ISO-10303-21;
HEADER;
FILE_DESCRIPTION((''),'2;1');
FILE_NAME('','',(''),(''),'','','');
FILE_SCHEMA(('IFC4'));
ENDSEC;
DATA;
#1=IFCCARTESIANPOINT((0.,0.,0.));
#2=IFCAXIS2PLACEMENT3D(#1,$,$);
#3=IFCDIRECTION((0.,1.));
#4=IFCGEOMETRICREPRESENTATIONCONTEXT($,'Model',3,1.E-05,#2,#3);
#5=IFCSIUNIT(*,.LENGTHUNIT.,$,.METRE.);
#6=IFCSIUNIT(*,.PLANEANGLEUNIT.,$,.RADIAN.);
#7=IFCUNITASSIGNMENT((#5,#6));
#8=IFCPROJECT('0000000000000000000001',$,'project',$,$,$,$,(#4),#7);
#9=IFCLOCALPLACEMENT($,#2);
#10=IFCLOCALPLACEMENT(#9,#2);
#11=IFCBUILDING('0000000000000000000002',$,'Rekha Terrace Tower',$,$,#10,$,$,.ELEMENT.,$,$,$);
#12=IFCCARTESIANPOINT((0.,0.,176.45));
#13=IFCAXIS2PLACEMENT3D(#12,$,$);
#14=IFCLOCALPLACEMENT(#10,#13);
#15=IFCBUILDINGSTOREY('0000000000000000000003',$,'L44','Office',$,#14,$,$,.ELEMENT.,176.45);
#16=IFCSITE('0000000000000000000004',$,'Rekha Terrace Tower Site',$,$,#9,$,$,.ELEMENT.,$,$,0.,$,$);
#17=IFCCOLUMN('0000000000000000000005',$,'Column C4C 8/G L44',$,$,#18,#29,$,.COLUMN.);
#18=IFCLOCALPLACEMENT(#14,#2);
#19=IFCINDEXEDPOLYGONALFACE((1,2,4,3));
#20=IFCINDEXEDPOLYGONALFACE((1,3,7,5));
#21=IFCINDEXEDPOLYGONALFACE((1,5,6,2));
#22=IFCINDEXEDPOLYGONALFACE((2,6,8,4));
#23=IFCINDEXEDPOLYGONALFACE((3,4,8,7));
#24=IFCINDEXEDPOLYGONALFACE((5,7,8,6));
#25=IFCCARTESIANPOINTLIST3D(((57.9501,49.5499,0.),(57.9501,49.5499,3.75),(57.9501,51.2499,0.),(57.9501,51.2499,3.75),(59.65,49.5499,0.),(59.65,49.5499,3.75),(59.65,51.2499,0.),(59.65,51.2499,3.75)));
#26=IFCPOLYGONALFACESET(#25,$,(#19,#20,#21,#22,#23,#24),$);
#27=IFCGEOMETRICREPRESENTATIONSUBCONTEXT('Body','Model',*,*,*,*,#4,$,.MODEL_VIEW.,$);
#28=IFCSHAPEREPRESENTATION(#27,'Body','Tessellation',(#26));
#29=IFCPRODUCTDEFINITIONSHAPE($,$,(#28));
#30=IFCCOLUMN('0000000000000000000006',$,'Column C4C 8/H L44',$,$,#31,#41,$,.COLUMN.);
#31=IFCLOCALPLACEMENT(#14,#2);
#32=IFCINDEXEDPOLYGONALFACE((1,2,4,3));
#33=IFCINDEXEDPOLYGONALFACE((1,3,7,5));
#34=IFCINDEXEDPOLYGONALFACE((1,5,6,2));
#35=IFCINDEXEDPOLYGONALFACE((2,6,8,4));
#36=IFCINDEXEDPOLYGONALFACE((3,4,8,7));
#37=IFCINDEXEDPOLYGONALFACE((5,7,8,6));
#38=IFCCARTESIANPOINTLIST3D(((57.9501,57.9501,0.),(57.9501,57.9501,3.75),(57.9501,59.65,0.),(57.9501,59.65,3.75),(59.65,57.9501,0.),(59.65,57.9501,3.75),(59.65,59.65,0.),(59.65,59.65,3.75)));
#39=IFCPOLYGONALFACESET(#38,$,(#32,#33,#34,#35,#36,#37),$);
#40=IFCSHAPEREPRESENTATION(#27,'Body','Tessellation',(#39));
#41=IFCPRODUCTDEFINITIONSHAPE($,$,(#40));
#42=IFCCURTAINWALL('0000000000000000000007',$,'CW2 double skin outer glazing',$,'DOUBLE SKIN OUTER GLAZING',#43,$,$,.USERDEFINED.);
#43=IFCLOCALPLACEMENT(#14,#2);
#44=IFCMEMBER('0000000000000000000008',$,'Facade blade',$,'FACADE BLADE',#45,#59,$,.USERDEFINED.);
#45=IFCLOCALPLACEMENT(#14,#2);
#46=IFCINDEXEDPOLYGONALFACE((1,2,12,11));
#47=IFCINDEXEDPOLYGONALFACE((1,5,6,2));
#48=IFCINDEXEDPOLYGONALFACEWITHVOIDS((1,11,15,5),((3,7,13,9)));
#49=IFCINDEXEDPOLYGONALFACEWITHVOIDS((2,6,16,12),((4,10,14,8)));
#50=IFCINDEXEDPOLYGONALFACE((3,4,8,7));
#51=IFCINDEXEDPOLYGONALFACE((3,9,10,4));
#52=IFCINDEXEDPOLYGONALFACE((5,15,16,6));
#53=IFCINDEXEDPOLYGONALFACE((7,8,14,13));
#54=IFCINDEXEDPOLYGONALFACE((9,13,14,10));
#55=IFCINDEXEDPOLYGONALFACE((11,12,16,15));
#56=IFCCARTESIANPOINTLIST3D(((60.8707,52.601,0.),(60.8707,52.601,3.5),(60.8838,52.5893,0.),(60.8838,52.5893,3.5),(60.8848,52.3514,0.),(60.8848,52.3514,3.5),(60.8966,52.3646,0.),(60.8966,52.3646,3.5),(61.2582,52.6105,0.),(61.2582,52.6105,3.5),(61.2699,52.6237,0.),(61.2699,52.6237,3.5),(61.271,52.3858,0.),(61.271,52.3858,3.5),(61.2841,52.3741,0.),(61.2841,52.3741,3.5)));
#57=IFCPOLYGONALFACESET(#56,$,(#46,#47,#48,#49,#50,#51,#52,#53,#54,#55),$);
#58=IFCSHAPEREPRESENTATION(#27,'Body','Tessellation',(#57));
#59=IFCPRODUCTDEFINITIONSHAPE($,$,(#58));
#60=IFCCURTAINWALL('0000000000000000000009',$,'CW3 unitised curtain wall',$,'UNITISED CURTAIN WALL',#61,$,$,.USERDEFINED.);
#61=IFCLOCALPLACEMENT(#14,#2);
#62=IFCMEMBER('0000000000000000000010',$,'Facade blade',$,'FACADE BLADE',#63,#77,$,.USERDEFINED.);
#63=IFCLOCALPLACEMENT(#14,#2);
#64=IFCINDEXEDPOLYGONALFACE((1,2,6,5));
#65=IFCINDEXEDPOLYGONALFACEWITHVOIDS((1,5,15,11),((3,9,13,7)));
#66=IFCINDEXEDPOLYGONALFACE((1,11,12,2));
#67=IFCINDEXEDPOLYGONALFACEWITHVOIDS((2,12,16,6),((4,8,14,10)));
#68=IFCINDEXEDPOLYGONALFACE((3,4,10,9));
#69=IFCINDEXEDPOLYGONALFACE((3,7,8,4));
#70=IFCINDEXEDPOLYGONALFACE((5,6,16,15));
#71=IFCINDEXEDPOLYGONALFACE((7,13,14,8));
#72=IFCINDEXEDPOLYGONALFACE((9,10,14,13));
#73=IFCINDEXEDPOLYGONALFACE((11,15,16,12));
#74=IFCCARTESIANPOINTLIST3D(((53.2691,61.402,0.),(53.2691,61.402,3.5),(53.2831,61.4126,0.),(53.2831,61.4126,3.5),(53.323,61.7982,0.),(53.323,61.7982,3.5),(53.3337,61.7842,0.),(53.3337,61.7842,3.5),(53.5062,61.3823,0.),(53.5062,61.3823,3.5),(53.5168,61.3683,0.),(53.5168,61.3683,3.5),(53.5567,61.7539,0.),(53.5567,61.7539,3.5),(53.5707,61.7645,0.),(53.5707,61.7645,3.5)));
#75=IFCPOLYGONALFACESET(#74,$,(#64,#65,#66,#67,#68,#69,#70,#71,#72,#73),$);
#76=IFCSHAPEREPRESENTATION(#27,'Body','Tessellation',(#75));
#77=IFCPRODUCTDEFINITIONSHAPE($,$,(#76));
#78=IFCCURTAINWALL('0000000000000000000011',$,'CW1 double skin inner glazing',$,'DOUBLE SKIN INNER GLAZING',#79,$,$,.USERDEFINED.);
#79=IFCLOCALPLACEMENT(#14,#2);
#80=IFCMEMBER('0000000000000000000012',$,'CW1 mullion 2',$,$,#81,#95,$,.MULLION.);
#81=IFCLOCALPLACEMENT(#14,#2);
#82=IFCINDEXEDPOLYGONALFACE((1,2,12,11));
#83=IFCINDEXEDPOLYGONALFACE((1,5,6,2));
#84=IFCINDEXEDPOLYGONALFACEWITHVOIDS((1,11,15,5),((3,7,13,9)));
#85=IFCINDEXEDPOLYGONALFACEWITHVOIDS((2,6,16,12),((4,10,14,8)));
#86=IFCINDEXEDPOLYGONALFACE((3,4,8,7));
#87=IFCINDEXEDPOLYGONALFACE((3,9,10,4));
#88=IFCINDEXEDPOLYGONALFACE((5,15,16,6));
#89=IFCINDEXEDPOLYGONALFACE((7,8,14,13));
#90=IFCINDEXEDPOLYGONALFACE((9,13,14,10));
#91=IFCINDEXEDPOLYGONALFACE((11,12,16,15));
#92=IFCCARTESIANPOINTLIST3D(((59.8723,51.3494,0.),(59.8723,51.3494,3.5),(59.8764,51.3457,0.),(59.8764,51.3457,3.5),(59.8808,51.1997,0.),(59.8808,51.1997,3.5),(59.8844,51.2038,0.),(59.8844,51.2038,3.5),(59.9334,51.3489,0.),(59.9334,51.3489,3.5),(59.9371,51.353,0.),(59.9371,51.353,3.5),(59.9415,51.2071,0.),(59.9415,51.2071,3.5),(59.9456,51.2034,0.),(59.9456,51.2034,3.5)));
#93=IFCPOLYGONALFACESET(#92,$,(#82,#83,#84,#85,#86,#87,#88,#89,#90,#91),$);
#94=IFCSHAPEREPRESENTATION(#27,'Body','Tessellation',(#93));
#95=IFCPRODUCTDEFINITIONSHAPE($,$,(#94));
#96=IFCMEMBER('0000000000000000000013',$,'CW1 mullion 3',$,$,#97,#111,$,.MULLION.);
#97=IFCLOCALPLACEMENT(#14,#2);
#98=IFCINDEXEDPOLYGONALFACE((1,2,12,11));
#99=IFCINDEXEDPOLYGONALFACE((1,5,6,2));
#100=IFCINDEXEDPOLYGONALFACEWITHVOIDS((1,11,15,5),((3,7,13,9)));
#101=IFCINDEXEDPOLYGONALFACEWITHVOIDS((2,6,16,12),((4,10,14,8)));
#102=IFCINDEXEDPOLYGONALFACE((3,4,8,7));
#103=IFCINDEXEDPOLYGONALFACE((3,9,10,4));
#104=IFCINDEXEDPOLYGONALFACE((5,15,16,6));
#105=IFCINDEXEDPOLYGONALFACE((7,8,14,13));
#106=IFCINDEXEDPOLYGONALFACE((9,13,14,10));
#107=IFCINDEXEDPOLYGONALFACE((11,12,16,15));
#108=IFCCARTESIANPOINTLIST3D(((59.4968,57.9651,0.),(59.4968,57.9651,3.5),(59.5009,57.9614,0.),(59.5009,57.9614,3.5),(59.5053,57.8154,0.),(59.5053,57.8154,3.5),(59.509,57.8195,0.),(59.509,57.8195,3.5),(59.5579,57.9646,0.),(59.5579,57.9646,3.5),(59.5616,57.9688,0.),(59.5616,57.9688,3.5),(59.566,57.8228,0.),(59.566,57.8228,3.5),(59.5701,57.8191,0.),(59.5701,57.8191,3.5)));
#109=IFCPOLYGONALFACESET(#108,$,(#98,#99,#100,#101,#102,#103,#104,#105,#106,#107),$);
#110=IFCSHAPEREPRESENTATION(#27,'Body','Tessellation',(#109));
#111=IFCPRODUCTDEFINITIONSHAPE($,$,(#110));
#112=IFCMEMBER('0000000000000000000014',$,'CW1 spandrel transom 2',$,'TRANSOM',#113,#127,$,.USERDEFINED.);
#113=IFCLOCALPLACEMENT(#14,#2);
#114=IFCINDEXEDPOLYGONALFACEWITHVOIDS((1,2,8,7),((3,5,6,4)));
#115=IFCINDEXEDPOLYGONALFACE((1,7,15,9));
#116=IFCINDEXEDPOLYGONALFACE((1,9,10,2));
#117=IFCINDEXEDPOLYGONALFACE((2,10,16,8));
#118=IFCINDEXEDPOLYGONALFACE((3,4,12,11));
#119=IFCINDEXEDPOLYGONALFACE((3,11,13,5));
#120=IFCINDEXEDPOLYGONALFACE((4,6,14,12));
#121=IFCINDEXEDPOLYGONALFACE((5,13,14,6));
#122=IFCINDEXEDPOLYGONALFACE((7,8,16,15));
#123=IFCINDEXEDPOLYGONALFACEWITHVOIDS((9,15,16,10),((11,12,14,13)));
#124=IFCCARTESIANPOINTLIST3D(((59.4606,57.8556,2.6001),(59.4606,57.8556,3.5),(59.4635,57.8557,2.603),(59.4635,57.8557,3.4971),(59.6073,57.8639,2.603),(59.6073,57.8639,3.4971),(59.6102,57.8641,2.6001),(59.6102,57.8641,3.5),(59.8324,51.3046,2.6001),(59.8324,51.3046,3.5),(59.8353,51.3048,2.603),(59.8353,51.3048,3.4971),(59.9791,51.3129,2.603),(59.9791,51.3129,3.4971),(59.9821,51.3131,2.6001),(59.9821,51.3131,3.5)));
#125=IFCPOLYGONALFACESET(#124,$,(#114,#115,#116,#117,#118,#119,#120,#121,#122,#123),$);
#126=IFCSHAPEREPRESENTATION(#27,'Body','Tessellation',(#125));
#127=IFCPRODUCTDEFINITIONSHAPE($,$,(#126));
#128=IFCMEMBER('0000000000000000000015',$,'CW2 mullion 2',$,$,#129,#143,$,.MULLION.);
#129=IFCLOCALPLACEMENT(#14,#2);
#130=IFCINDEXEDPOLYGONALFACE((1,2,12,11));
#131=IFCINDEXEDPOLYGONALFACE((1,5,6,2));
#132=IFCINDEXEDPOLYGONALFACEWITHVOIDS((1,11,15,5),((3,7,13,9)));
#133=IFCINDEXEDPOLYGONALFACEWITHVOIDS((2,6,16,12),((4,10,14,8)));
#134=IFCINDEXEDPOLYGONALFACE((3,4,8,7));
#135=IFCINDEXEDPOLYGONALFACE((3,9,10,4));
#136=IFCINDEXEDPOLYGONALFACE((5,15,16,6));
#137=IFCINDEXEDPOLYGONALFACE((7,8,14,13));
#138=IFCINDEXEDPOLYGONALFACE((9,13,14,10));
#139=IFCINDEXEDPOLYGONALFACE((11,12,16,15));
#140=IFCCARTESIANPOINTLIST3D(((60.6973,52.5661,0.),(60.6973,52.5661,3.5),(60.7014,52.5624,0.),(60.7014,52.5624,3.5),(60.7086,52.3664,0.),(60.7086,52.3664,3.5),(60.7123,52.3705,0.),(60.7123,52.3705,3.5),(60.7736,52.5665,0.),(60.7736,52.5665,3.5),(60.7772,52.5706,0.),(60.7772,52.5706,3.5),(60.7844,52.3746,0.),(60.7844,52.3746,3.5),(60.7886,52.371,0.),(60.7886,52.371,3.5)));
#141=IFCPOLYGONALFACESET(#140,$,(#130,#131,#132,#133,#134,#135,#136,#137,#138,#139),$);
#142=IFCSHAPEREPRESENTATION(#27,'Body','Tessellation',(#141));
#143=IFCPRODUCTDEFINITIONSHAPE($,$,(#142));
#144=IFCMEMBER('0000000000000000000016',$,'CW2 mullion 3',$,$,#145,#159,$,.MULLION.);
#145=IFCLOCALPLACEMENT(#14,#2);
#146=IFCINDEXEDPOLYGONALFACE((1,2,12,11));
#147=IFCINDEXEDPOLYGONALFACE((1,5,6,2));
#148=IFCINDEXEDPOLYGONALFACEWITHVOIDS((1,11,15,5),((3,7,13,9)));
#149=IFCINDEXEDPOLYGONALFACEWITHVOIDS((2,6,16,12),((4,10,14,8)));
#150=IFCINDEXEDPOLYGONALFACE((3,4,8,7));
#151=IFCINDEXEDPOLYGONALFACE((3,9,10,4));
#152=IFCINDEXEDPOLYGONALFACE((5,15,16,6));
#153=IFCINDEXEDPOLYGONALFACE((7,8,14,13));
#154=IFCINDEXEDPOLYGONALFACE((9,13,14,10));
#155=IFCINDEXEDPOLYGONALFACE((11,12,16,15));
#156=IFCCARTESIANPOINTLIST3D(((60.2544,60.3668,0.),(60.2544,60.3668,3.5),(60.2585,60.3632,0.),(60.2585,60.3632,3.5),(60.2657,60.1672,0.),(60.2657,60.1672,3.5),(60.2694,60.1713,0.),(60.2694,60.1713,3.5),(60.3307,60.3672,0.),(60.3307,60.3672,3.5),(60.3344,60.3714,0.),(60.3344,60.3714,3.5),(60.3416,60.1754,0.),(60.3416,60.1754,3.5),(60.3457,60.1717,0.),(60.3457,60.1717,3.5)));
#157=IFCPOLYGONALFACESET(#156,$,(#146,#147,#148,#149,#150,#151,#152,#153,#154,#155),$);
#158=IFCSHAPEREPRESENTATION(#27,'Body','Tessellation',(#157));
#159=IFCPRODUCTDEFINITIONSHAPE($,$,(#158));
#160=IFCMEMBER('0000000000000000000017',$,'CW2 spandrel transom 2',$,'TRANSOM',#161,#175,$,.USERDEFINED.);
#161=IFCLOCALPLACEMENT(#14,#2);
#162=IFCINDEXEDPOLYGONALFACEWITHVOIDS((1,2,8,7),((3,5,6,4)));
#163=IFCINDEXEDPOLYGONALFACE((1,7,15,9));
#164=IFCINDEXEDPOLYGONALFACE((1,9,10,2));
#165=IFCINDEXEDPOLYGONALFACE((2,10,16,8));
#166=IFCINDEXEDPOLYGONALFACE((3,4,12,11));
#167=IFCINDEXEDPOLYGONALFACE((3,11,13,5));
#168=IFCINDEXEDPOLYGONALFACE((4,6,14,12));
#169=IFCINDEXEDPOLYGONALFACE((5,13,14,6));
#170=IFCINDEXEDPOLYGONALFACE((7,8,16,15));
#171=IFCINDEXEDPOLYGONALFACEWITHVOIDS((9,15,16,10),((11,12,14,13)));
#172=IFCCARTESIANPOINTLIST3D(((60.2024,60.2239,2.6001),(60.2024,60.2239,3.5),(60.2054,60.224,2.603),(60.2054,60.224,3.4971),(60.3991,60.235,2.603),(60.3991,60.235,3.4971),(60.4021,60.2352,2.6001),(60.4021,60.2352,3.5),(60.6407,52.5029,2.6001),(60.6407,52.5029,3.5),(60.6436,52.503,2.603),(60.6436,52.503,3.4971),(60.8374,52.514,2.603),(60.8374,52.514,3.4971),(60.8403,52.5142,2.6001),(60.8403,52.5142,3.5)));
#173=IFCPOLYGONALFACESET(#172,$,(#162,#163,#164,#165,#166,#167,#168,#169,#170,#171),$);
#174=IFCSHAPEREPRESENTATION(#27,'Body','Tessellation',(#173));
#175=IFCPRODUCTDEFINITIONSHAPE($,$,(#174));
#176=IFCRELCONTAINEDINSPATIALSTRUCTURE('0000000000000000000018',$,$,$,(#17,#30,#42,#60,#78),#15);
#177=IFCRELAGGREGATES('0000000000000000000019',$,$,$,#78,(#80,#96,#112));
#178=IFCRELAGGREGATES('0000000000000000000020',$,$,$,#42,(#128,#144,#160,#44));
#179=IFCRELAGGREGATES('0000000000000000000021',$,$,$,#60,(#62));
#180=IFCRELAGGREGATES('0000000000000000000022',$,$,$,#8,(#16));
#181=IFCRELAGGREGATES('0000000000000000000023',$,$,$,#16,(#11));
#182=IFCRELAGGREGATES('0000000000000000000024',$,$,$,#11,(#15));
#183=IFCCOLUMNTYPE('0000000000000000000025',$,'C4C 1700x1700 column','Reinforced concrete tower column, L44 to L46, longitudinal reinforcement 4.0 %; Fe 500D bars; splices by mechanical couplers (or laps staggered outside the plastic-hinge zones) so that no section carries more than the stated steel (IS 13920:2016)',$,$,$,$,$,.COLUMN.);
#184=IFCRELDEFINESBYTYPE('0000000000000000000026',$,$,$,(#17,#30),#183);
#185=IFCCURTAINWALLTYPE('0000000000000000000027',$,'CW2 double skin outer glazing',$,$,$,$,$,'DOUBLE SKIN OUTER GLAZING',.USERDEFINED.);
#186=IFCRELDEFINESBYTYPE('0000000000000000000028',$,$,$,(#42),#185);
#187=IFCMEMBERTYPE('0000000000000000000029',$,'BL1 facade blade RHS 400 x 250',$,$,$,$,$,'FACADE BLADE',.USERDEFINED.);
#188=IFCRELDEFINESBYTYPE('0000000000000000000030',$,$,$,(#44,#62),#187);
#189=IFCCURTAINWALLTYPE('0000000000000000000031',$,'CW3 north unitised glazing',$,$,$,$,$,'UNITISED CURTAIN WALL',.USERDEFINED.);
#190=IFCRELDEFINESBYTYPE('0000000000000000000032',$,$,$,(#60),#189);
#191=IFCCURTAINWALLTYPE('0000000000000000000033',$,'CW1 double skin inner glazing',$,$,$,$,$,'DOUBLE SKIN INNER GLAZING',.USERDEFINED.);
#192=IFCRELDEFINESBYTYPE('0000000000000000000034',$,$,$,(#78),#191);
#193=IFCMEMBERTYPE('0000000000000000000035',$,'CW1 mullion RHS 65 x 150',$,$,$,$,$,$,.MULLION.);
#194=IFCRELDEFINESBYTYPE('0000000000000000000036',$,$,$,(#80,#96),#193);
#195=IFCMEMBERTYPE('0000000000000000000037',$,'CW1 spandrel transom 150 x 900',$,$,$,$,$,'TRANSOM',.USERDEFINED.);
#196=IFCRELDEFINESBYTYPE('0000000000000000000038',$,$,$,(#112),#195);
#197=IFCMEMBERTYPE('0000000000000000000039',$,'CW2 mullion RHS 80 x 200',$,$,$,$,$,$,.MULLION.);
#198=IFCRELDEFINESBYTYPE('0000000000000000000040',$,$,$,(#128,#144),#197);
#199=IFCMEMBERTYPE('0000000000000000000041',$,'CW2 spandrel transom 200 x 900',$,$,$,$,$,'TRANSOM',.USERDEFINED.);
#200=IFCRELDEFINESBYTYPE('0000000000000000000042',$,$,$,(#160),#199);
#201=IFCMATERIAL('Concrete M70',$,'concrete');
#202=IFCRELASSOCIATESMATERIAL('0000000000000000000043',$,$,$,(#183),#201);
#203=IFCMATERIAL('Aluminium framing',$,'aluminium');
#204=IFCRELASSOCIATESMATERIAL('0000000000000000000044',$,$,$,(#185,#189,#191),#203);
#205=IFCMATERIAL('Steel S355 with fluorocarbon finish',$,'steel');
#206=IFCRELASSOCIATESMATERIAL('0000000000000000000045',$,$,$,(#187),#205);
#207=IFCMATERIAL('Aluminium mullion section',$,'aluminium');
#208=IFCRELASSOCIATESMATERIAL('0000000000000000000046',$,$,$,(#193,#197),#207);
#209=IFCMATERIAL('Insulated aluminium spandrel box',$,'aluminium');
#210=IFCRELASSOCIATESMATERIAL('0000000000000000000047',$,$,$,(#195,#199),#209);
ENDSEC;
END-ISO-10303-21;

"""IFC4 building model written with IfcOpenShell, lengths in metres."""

from ifc_helpers import new_model, si_unit, direction, frame, origin, origin_2d, place, context, subcontext, project, spatial, rectangle, hollow_rectangle, extrude, material, material_profile, profile_set, type_object, element, aggregate, save


model = new_model("IFC4")

# Units and contexts
model_context = context("Model", 3, precision=1e-05, world=origin(), true_north=direction((0.0, 1.0)))
body_context = subcontext(model_context, "Body", "Model", "MODEL_VIEW")
ifc_project = project(units=[si_unit("LENGTHUNIT", "METRE"), si_unit("PLANEANGLEUNIT", "RADIAN")], contexts=[model_context])

# Site, building, storey
site_placement = place(None, origin())
site = spatial("IfcSite", under=ifc_project, at=site_placement, Name="Rekha Terrace Tower Site", CompositionType="ELEMENT", RefElevation=0.0)
building_placement = place(site_placement, origin())
building = spatial("IfcBuilding", under=site, at=building_placement, Name="Rekha Terrace Tower", CompositionType="ELEMENT")
storey_placement = place(building_placement, frame((0.0, 0.0, 176.45)))
storey = spatial("IfcBuildingStorey", under=building, at=storey_placement, Name="L44", Description="Office", CompositionType="ELEMENT", Elevation=176.45)

# Columns
ifc_material_1 = material(Name="Concrete M70", Category="concrete")
ifc_material_profile_1 = material_profile(ifc_material_1, rectangle(XDim=1.7, YDim=1.7, at=origin_2d()), Name="RC 1700x1700")
ifc_profile_set_1 = profile_set([ifc_material_profile_1], Name="Concrete M70")
column_type = type_object("IfcColumnType", Name="C4C 1700x1700 column", Description="Reinforced concrete tower column, L44 to L46, longitudinal reinforcement 4.0 %; Fe 500D bars; splices by mechanical couplers (or laps staggered outside the plastic-hinge zones) so that no section carries more than the stated steel (IS 13920:2016)", PredefinedType="COLUMN", material=ifc_profile_set_1)
for number, where, z_axis, x_axis, name in (
    (1, (58.8, 50.3999, 0.0), (0.0, 0.0, 1.0), (1.0, 0.0, 0.0), "Column C4C 8/G L44"),
    (2, (58.8, 58.8, 0.0), (0.0, 0.0, 1.0), (1.0, 0.0, 0.0), "Column C4C 8/H L44"),
):
    element("IfcColumn", number, at=place(storey_placement, frame(where, z_axis=z_axis, x_axis=x_axis)), inside=storey, type_object=column_type, Name=name, PredefinedType="COLUMN", context=body_context, shape_type="SweptSolid", body=[
        extrude(rectangle(XDim=1.7, YDim=1.7, at=origin_2d()), origin(), (0.0, 0.0, 1.0), 3.75),
    ])

# Curtain walls, members
ifc_material_2 = material(Name="Aluminium framing", Category="aluminium")
curtain_wall_type_1 = type_object("IfcCurtainWallType", Name="CW2 double skin outer glazing", ElementType="DOUBLE SKIN OUTER GLAZING", PredefinedType="USERDEFINED", material=ifc_material_2)
curtain_wall_1_placement = place(storey_placement, origin())
curtain_wall_1 = element("IfcCurtainWall", 3, at=curtain_wall_1_placement, inside=storey, type_object=curtain_wall_type_1, Name="CW2 double skin outer glazing", ObjectType="DOUBLE SKIN OUTER GLAZING", PredefinedType="USERDEFINED")
ifc_material_3 = material(Name="Steel S355 with fluorocarbon finish", Category="steel")
ifc_material_profile_2 = material_profile(ifc_material_3, hollow_rectangle(XDim=0.25, YDim=0.3999, WallThickness=0.0125, at=origin_2d()), Name="RHS400x250x12.5")
ifc_profile_set_2 = profile_set([ifc_material_profile_2], Name="Steel S355 with fluorocarbon finish")
member_type_1 = type_object("IfcMemberType", Name="BL1 facade blade RHS 400 x 250", ElementType="FACADE BLADE", PredefinedType="USERDEFINED", material=ifc_profile_set_2)
member_1_placement = place(storey_placement, frame((61.0774, 52.4875, 0.0), z_axis=(0.0, 0.0, 1.0), x_axis=(-0.056674, 0.998393, 0.0)))
member_1 = element("IfcMember", 4, at=member_1_placement, type_object=member_type_1, Name="Facade blade", ObjectType="FACADE BLADE", PredefinedType="USERDEFINED", context=body_context, shape_type="SweptSolid", body=[
    extrude(hollow_rectangle(XDim=0.25, YDim=0.3999, WallThickness=0.0125, at=origin_2d()), origin(), (0.0, 0.0, 1.0), 3.5),
])
curtain_wall_type_2 = type_object("IfcCurtainWallType", Name="CW3 north unitised glazing", ElementType="UNITISED CURTAIN WALL", PredefinedType="USERDEFINED", material=ifc_material_2)
curtain_wall_2_placement = place(storey_placement, origin())
curtain_wall_2 = element("IfcCurtainWall", 5, at=curtain_wall_2_placement, inside=storey, type_object=curtain_wall_type_2, Name="CW3 unitised curtain wall", ObjectType="UNITISED CURTAIN WALL", PredefinedType="USERDEFINED")
member_2_placement = place(storey_placement, frame((53.4199, 61.5833, 0.0), z_axis=(0.0, 0.0, 1.0), x_axis=(-0.990867, 0.134841, 0.0)))
member_2 = element("IfcMember", 6, at=member_2_placement, type_object=member_type_1, Name="Facade blade", ObjectType="FACADE BLADE", PredefinedType="USERDEFINED", context=body_context, shape_type="SweptSolid", body=[
    extrude(hollow_rectangle(XDim=0.25, YDim=0.3999, WallThickness=0.0125, at=origin_2d()), origin(), (0.0, 0.0, 1.0), 3.5),
])

# Curtain wall, members
curtain_wall_type_3 = type_object("IfcCurtainWallType", Name="CW1 double skin inner glazing", ElementType="DOUBLE SKIN INNER GLAZING", PredefinedType="USERDEFINED", material=ifc_material_2)
curtain_wall_3_placement = place(storey_placement, origin())
curtain_wall_3 = element("IfcCurtainWall", 7, at=curtain_wall_3_placement, inside=storey, type_object=curtain_wall_type_3, Name="CW1 double skin inner glazing", ObjectType="DOUBLE SKIN INNER GLAZING", PredefinedType="USERDEFINED")
ifc_material_4 = material(Name="Aluminium mullion section", Category="aluminium")
ifc_material_profile_3 = material_profile(ifc_material_4, hollow_rectangle(XDim=0.0649, YDim=0.1499, WallThickness=0.0039, at=origin_2d()), Name="AL RHS 65x150")
ifc_profile_set_3 = profile_set([ifc_material_profile_3], Name="Aluminium mullion section")
member_type_2 = type_object("IfcMemberType", Name="CW1 mullion RHS 65 x 150", PredefinedType="MULLION", material=ifc_profile_set_3)
member_3_placement = place(storey_placement, frame((59.9089, 51.2764, 0.0), z_axis=(0.0, 0.0, 1.0), x_axis=(-0.998393, -0.056673, 0.0)))
member_3 = element("IfcMember", 8, at=member_3_placement, type_object=member_type_2, Name="CW1 mullion 2", PredefinedType="MULLION", context=body_context, shape_type="SweptSolid", body=[
    extrude(hollow_rectangle(XDim=0.0649, YDim=0.1499, WallThickness=0.0039, at=origin_2d()), origin(), (0.0, 0.0, 1.0), 3.5),
])
member_4_placement = place(storey_placement, frame((59.5334, 57.8921, 0.0), z_axis=(0.0, 0.0, 1.0), x_axis=(-0.998393, -0.056673, 0.0)))
member_4 = element("IfcMember", 9, at=member_4_placement, type_object=member_type_2, Name="CW1 mullion 3", PredefinedType="MULLION", context=body_context, shape_type="SweptSolid", body=[
    extrude(hollow_rectangle(XDim=0.0649, YDim=0.1499, WallThickness=0.0039, at=origin_2d()), origin(), (0.0, 0.0, 1.0), 3.5),
])
ifc_material_5 = material(Name="Insulated aluminium spandrel box", Category="aluminium")
ifc_material_profile_4 = material_profile(ifc_material_5, hollow_rectangle(XDim=0.1499, YDim=0.8999, WallThickness=0.0029, at=origin_2d()), Name="AL SPANDREL BOX 150x900")
ifc_profile_set_4 = profile_set([ifc_material_profile_4], Name="Insulated aluminium spandrel box")
member_type_3 = type_object("IfcMemberType", Name="CW1 spandrel transom 150 x 900", ElementType="TRANSOM", PredefinedType="USERDEFINED", material=ifc_profile_set_4)
member_5_placement = place(storey_placement, frame((59.9072, 51.3088, 3.05), z_axis=(-0.056667, 0.998393, 0.0), x_axis=(-0.998393, -0.056667, 0.0)))
member_5 = element("IfcMember", 10, at=member_5_placement, type_object=member_type_3, Name="CW1 spandrel transom 2", ObjectType="TRANSOM", PredefinedType="USERDEFINED", context=body_context, shape_type="SweptSolid", body=[
    extrude(hollow_rectangle(XDim=0.1499, YDim=0.8999, WallThickness=0.0029, at=origin_2d()), origin(), (0.0, 0.0, 1.0), 6.5615),
])

# Members
ifc_material_profile_5 = material_profile(ifc_material_4, hollow_rectangle(XDim=0.0801, YDim=0.2, WallThickness=0.0039, at=origin_2d()), Name="AL RHS 80x200")
ifc_profile_set_5 = profile_set([ifc_material_profile_5], Name="Aluminium mullion section")
member_type_4 = type_object("IfcMemberType", Name="CW2 mullion RHS 80 x 200", PredefinedType="MULLION", material=ifc_profile_set_5)
member_6_placement = place(storey_placement, frame((60.7429, 52.4685, 0.0), z_axis=(0.0, 0.0, 1.0), x_axis=(-0.998393, -0.056673, 0.0)))
member_6 = element("IfcMember", 11, at=member_6_placement, type_object=member_type_4, Name="CW2 mullion 2", PredefinedType="MULLION", context=body_context, shape_type="SweptSolid", body=[
    extrude(hollow_rectangle(XDim=0.0801, YDim=0.2, WallThickness=0.0039, at=origin_2d()), origin(), (0.0, 0.0, 1.0), 3.5),
])
member_7_placement = place(storey_placement, frame((60.3, 60.2693, 0.0), z_axis=(0.0, 0.0, 1.0), x_axis=(-0.998393, -0.056673, 0.0)))
member_7 = element("IfcMember", 12, at=member_7_placement, type_object=member_type_4, Name="CW2 mullion 3", PredefinedType="MULLION", context=body_context, shape_type="SweptSolid", body=[
    extrude(hollow_rectangle(XDim=0.0801, YDim=0.2, WallThickness=0.0039, at=origin_2d()), origin(), (0.0, 0.0, 1.0), 3.5),
])
ifc_material_profile_6 = material_profile(ifc_material_5, hollow_rectangle(XDim=0.2, YDim=0.8999, WallThickness=0.0029, at=origin_2d()), Name="AL SPANDREL BOX 200x900")
ifc_profile_set_6 = profile_set([ifc_material_profile_6], Name="Insulated aluminium spandrel box")
member_type_5 = type_object("IfcMemberType", Name="CW2 spandrel transom 200 x 900", ElementType="TRANSOM", PredefinedType="USERDEFINED", material=ifc_profile_set_6)
member_8_placement = place(storey_placement, frame((60.7405, 52.5085, 3.05), z_axis=(-0.056668, 0.998393, 0.0), x_axis=(-0.998393, -0.056668, 0.0)))
member_8 = element("IfcMember", 13, at=member_8_placement, type_object=member_type_5, Name="CW2 spandrel transom 2", ObjectType="TRANSOM", PredefinedType="USERDEFINED", context=body_context, shape_type="SweptSolid", body=[
    extrude(hollow_rectangle(XDim=0.2, YDim=0.8999, WallThickness=0.0029, at=origin_2d()), origin(), (0.0, 0.0, 1.0), 7.7334),
])

aggregate(curtain_wall_3, [member_3, member_4, member_5])
aggregate(curtain_wall_1, [member_6, member_7, member_8, member_1])
aggregate(curtain_wall_2, [member_2])

save(model, "model.ifc")
